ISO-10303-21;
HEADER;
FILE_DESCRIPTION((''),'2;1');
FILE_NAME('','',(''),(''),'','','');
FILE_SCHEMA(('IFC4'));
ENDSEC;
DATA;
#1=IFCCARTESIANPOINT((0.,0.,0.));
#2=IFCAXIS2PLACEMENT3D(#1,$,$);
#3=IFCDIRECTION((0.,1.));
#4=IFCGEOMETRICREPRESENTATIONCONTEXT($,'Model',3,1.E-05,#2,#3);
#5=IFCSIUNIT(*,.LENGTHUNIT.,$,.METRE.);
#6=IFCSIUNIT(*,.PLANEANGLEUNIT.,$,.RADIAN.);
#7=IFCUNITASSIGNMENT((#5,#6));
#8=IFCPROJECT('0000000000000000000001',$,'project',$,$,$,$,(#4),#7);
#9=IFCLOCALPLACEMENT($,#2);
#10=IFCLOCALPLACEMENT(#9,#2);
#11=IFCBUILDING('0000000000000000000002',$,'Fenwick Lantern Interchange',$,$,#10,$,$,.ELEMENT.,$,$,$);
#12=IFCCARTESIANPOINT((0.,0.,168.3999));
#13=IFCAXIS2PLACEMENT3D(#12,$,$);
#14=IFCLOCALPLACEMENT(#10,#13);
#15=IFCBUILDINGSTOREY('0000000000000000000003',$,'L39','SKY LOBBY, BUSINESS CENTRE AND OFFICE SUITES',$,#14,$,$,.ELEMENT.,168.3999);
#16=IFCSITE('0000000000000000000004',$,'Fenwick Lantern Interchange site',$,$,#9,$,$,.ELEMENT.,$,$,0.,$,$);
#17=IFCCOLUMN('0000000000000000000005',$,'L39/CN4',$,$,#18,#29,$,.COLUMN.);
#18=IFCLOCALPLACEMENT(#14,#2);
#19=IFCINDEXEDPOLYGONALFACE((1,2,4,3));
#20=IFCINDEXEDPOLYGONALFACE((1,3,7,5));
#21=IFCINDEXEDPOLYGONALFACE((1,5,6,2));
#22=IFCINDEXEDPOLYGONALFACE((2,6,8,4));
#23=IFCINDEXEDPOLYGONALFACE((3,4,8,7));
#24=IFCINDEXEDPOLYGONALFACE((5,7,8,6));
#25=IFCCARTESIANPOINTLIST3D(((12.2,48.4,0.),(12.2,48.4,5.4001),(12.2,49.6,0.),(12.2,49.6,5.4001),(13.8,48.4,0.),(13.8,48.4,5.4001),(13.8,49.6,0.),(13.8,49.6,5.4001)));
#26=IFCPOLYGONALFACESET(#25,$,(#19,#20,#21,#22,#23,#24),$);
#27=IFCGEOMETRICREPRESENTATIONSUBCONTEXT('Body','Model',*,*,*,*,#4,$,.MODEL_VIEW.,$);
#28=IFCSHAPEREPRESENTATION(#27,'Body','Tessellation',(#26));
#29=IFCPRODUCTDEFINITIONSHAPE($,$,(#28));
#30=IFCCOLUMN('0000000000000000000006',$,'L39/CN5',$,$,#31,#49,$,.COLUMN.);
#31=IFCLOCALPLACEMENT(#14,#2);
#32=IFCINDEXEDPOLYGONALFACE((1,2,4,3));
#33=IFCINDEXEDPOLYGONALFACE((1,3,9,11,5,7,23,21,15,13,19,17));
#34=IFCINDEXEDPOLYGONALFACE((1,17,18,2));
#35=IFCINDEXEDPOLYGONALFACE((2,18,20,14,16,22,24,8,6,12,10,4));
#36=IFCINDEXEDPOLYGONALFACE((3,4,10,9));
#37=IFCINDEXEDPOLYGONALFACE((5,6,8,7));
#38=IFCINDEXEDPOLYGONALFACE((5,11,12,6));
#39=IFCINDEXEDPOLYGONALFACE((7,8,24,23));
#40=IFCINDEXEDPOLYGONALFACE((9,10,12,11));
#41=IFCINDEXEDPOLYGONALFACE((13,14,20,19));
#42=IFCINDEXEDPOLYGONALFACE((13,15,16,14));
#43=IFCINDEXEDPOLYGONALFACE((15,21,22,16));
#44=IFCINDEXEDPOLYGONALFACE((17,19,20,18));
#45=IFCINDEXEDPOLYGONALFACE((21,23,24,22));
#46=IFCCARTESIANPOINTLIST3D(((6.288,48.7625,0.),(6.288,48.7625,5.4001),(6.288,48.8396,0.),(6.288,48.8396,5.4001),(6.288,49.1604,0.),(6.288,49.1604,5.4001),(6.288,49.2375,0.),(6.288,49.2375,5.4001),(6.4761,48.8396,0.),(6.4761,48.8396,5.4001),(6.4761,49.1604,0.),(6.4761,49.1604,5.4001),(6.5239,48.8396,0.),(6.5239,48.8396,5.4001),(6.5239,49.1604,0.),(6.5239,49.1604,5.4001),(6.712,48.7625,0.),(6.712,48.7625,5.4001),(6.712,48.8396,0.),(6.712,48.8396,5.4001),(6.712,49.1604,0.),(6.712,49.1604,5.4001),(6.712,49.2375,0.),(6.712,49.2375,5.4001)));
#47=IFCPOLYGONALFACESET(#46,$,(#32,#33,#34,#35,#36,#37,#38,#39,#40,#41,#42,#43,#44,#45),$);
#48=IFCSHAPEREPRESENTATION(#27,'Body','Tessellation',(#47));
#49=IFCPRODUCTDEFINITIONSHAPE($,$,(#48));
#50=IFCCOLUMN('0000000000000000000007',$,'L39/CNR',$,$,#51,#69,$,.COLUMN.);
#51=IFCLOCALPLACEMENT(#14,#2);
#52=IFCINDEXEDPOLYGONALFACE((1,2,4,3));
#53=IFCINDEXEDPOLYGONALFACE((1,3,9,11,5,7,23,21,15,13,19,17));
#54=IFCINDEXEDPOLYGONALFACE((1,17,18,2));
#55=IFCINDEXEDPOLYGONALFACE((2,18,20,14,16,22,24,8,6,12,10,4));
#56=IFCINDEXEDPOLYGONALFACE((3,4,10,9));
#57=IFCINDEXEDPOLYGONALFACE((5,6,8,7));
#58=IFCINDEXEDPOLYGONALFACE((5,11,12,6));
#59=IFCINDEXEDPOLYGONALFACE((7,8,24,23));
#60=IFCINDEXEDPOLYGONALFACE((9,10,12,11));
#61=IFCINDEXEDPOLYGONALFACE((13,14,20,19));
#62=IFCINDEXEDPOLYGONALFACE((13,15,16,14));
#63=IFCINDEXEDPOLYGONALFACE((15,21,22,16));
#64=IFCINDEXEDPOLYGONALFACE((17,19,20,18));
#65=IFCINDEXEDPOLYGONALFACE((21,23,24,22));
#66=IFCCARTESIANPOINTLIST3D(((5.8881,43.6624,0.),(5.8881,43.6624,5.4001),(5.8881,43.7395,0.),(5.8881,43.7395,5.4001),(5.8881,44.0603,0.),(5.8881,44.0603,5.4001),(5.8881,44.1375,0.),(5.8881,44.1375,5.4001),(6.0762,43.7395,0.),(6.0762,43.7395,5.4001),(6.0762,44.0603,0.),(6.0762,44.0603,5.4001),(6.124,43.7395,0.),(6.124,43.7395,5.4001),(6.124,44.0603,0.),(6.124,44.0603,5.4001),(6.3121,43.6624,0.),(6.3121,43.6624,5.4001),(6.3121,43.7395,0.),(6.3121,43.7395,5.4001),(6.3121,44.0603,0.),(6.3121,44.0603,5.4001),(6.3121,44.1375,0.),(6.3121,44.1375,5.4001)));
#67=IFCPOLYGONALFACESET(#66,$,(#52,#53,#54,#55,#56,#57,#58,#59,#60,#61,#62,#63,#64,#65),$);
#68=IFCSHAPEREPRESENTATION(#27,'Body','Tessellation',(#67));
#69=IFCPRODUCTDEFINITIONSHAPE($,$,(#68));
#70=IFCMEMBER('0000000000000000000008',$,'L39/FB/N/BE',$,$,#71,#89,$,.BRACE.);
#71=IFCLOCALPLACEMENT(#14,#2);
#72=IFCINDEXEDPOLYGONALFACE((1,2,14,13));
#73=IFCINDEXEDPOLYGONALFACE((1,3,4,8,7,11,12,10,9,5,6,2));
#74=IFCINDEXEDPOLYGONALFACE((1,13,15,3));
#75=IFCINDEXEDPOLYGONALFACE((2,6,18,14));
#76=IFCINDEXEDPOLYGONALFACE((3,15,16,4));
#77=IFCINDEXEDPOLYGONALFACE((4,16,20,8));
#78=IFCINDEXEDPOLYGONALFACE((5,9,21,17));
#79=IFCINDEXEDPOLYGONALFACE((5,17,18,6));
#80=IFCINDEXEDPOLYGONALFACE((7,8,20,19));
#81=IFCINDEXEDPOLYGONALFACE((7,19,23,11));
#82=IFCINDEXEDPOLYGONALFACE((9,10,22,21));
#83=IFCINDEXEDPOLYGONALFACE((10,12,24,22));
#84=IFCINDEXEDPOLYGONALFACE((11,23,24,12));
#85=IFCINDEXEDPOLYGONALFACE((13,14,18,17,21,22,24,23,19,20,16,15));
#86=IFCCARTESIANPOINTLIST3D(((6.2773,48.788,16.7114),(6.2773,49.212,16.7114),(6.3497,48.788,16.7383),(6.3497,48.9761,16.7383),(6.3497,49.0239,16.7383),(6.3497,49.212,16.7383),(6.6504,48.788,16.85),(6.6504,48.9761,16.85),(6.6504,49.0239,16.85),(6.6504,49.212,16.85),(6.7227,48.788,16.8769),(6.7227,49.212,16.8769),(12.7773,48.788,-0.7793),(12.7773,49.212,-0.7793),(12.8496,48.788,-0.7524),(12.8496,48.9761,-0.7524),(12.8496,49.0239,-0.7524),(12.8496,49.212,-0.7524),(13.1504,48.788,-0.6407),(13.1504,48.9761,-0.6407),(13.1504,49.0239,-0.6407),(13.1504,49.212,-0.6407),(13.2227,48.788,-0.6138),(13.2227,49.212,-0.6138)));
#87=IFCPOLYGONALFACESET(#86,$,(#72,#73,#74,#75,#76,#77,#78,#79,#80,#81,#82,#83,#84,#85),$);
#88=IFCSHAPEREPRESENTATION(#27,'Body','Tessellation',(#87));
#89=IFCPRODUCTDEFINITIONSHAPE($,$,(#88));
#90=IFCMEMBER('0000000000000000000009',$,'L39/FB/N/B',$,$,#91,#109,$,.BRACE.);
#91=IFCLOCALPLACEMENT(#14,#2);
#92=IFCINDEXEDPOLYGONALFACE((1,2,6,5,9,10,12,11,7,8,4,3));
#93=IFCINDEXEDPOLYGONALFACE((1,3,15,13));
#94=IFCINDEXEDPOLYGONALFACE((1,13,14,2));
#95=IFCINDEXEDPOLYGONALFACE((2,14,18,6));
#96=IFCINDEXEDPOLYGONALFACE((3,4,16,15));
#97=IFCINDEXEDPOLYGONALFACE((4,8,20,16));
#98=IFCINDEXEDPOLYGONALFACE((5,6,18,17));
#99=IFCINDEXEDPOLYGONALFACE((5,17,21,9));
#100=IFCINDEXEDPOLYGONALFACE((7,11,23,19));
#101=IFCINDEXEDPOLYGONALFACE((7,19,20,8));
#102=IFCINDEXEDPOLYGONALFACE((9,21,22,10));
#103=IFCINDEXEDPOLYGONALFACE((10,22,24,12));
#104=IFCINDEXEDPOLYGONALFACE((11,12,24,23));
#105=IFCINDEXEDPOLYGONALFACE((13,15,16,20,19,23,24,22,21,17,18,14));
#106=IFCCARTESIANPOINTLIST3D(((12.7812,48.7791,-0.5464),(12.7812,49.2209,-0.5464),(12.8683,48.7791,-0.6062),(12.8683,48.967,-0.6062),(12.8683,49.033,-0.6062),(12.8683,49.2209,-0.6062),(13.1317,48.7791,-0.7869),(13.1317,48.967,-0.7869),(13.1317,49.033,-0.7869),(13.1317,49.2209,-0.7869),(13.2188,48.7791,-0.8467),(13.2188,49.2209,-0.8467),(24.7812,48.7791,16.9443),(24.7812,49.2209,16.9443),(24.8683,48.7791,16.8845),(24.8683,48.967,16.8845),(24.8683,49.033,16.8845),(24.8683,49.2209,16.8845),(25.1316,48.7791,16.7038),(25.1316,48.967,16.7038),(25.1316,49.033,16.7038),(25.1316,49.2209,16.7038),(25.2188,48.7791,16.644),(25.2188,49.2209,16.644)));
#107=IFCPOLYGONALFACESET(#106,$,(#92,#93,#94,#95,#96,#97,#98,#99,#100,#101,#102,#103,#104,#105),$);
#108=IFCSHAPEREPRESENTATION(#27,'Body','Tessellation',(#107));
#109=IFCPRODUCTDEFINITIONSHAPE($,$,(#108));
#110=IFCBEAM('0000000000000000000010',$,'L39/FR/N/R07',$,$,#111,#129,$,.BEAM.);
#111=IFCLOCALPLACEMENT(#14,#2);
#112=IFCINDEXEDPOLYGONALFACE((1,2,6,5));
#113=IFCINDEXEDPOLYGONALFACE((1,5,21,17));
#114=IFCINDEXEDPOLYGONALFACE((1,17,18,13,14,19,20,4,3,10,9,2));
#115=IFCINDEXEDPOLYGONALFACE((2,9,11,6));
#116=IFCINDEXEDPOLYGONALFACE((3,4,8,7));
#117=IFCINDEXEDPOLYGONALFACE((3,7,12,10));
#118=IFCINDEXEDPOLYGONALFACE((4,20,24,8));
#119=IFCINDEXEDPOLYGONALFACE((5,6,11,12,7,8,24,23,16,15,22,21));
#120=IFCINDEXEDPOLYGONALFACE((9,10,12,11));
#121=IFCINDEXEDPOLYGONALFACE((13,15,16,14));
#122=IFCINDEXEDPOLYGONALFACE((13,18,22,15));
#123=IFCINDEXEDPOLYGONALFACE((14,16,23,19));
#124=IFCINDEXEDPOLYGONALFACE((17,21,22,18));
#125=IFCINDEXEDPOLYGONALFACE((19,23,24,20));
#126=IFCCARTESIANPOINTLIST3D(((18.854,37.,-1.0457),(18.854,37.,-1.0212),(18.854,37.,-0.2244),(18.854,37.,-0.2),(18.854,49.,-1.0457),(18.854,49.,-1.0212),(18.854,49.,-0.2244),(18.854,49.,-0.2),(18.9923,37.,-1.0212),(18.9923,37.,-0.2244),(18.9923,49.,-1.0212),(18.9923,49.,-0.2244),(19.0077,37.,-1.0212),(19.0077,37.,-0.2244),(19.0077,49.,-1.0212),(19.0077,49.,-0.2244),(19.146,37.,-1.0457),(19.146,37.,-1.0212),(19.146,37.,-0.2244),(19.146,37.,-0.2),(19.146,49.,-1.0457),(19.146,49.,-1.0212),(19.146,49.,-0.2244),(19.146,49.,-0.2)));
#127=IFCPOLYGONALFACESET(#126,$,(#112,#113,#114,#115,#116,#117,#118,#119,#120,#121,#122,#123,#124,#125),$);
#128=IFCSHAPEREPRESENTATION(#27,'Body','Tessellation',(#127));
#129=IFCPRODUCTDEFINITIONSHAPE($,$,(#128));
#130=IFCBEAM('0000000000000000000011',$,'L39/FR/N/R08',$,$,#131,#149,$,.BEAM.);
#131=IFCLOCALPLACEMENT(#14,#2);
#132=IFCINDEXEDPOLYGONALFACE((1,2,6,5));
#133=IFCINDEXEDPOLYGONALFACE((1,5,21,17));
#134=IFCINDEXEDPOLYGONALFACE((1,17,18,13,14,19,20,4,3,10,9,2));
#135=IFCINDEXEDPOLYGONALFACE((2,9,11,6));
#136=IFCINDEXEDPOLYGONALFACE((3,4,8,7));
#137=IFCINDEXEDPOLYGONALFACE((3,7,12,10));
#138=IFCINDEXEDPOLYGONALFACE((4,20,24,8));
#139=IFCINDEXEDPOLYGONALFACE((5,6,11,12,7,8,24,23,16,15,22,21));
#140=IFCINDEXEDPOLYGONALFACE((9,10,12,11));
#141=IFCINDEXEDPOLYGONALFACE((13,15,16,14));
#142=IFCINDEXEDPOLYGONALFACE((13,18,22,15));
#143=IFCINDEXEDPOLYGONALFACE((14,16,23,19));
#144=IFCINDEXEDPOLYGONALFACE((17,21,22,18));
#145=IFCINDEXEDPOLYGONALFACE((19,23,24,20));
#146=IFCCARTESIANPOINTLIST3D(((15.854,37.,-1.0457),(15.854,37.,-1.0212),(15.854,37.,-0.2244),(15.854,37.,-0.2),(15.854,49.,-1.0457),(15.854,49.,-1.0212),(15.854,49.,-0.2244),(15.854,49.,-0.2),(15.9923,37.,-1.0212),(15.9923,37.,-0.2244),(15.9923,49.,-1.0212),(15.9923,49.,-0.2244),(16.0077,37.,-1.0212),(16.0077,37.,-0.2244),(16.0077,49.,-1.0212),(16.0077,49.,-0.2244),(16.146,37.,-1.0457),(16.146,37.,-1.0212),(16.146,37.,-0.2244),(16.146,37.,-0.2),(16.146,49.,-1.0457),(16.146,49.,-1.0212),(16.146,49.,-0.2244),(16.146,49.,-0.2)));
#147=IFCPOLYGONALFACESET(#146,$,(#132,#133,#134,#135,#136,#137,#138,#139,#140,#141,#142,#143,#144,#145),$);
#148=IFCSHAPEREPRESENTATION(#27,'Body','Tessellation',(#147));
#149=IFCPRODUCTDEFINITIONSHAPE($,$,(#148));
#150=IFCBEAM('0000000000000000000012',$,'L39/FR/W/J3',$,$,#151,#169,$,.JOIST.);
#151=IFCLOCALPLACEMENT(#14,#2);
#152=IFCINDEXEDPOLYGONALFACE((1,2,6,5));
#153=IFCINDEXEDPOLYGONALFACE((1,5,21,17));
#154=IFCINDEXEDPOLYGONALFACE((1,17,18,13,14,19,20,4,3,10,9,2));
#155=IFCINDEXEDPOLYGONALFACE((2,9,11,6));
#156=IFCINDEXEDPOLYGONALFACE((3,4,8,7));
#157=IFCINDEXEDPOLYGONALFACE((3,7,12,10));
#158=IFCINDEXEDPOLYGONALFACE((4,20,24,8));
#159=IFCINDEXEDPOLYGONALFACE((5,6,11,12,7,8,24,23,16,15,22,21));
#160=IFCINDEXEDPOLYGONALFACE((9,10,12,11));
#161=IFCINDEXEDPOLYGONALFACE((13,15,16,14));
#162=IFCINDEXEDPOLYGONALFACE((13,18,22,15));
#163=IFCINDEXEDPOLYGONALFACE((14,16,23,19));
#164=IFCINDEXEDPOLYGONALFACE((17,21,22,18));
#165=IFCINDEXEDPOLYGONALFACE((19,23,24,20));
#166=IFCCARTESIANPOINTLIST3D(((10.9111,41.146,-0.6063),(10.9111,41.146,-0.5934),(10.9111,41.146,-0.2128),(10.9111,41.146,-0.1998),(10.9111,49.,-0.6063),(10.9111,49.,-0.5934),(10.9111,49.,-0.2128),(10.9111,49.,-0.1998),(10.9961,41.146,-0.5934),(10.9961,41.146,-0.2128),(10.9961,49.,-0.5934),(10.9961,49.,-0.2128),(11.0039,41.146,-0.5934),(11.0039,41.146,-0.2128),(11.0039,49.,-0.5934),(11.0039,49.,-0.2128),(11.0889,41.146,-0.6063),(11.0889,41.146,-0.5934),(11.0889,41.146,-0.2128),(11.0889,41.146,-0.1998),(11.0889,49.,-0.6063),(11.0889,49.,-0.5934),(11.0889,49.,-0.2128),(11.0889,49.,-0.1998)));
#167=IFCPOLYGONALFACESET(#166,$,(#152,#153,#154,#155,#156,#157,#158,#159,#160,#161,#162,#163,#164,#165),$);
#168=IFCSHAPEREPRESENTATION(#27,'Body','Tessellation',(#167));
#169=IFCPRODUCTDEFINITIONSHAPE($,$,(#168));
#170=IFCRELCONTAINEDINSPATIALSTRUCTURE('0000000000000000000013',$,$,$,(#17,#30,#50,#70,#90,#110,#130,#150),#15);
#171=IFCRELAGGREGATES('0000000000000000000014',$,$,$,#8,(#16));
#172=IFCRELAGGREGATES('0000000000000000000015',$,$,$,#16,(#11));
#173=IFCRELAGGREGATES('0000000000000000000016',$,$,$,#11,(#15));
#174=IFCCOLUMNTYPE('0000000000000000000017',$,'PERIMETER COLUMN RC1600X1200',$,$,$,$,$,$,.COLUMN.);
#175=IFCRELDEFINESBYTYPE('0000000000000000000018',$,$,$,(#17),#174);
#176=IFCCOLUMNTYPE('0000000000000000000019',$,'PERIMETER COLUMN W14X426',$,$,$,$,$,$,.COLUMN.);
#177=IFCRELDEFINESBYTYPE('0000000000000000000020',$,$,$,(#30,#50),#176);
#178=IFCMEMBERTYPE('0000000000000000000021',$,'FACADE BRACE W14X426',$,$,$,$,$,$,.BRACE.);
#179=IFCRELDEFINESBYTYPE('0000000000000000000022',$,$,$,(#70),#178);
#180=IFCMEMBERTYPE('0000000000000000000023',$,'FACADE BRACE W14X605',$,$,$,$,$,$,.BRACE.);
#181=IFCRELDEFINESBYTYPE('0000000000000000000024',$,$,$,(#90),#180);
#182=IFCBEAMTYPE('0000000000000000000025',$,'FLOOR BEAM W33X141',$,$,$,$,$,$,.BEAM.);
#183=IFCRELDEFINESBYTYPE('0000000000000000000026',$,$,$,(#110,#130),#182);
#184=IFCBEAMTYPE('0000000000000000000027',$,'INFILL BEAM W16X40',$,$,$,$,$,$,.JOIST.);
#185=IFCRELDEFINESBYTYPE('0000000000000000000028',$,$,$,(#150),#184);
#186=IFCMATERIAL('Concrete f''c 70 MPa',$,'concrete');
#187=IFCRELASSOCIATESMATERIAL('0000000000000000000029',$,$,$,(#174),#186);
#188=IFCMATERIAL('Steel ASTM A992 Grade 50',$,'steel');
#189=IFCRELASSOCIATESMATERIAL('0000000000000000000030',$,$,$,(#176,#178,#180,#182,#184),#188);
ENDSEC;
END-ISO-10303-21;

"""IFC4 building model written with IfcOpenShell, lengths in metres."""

from ifc_helpers import new_model, si_unit, direction, frame, origin, origin_2d, place, context, subcontext, project, spatial, rectangle, i_section, extrude, material, material_profile, profile_set, type_object, element, save


model = new_model("IFC4")

# Units and contexts
model_context = context("Model", 3, precision=1e-05, world=origin(), true_north=direction((0.0, 1.0)))
body_context = subcontext(model_context, "Body", "Model", "MODEL_VIEW")
ifc_project = project(units=[si_unit("LENGTHUNIT", "METRE"), si_unit("PLANEANGLEUNIT", "RADIAN")], contexts=[model_context])

# Site, building, storey
site_placement = place(None, origin())
site = spatial("IfcSite", under=ifc_project, at=site_placement, Name="Fenwick Lantern Interchange site", CompositionType="ELEMENT", RefElevation=0.0)
building_placement = place(site_placement, origin())
building = spatial("IfcBuilding", under=site, at=building_placement, Name="Fenwick Lantern Interchange", CompositionType="ELEMENT")
storey_placement = place(building_placement, frame((0.0, 0.0, 168.3999)))
storey = spatial("IfcBuildingStorey", under=building, at=storey_placement, Name="L39", Description="SKY LOBBY, BUSINESS CENTRE AND OFFICE SUITES", CompositionType="ELEMENT", Elevation=168.3999)

# Columns
ifc_material_1 = material(Name="Concrete f'c 70 MPa", Category="concrete")
ifc_material_profile_1 = material_profile(ifc_material_1, rectangle(XDim=1.6001, YDim=1.2, at=origin_2d()), Name="RC1600X1200")
ifc_profile_set_1 = profile_set([ifc_material_profile_1], Name="Concrete f'c 70 MPa")
column_type_1 = type_object("IfcColumnType", Name="PERIMETER COLUMN RC1600X1200", PredefinedType="COLUMN", material=ifc_profile_set_1)
column_placement = place(storey_placement, frame((13.0, 49.0, 0.0), z_axis=(0.0, 0.0, 1.0), x_axis=(1.0, 0.0, 0.0)))
element("IfcColumn", 1, at=column_placement, inside=storey, type_object=column_type_1, Name="L39/CN4", PredefinedType="COLUMN", context=body_context, shape_type="SweptSolid", body=[
    extrude(rectangle(XDim=1.6001, YDim=1.2, at=origin_2d()), origin(), (0.0, 0.0, 1.0), 5.4001),
])
ifc_material_2 = material(Name="Steel ASTM A992 Grade 50", Category="steel")
ifc_material_profile_2 = material_profile(ifc_material_2, i_section(OverallWidth=0.4241, OverallDepth=0.4751, WebThickness=0.0479, FlangeThickness=0.0771, at=origin_2d()), Name="W14X426")
ifc_profile_set_2 = profile_set([ifc_material_profile_2], Name="Steel ASTM A992 Grade 50")
column_type_2 = type_object("IfcColumnType", Name="PERIMETER COLUMN W14X426", PredefinedType="COLUMN", material=ifc_profile_set_2)
for number, where, z_axis, x_axis, name in (
    (2, (6.5, 49.0, 0.0), (0.0, 0.0, 1.0), (1.0, 0.0, 0.0), "L39/CN5"),
    (3, (6.1001, 43.8999, 0.0), (0.0, 0.0, 1.0), (1.0, 0.0, 0.0), "L39/CNR"),
):
    element("IfcColumn", number, at=place(storey_placement, frame(where, z_axis=z_axis, x_axis=x_axis)), inside=storey, type_object=column_type_2, Name=name, PredefinedType="COLUMN", context=body_context, shape_type="SweptSolid", body=[
        extrude(i_section(OverallWidth=0.4241, OverallDepth=0.4751, WebThickness=0.0479, FlangeThickness=0.0771, at=origin_2d()), origin(), (0.0, 0.0, 1.0), 5.4001),
    ])

# Members
ifc_material_profile_3 = material_profile(ifc_material_2, i_section(OverallWidth=0.4241, OverallDepth=0.4751, WebThickness=0.0479, FlangeThickness=0.0771, at=origin_2d()), Name="W14X426")
ifc_profile_set_3 = profile_set([ifc_material_profile_3], Name="Steel ASTM A992 Grade 50")
member_type_1 = type_object("IfcMemberType", Name="FACADE BRACE W14X426", PredefinedType="BRACE", material=ifc_profile_set_3)
member_1_placement = place(storey_placement, frame((13.0, 49.0, -0.6965), z_axis=(-0.348349, 0.0, 0.937365), x_axis=(0.0, -1.0, 0.0)))
element("IfcMember", 4, at=member_1_placement, inside=storey, type_object=member_type_1, Name="L39/FB/N/BE", PredefinedType="BRACE", context=body_context, shape_type="SweptSolid", body=[
    extrude(i_section(OverallWidth=0.4241, OverallDepth=0.4751, WebThickness=0.0479, FlangeThickness=0.0771, at=origin_2d()), origin(), (0.0, 0.0, 1.0), 18.6594),
])
ifc_material_profile_4 = material_profile(ifc_material_2, i_section(OverallWidth=0.4419, OverallDepth=0.5308, WebThickness=0.0659, FlangeThickness=0.1057, at=origin_2d()), Name="W14X605")
ifc_profile_set_4 = profile_set([ifc_material_profile_4], Name="Steel ASTM A992 Grade 50")
member_type_2 = type_object("IfcMemberType", Name="FACADE BRACE W14X605", PredefinedType="BRACE", material=ifc_profile_set_4)
member_2_placement = place(storey_placement, frame((13.0, 49.0, -0.6965), z_axis=(0.565732, 0.0, 0.824589), x_axis=(0.0, 1.0, 0.0)))
element("IfcMember", 5, at=member_2_placement, inside=storey, type_object=member_type_2, Name="L39/FB/N/B", PredefinedType="BRACE", context=body_context, shape_type="SweptSolid", body=[
    extrude(i_section(OverallWidth=0.4419, OverallDepth=0.5308, WebThickness=0.0659, FlangeThickness=0.1057, at=origin_2d()), origin(), (0.0, 0.0, 1.0), 21.2114),
])

# Beams
ifc_material_profile_5 = material_profile(ifc_material_2, i_section(OverallWidth=0.292, OverallDepth=0.8457, WebThickness=0.0154, FlangeThickness=0.0244, at=origin_2d()), Name="W33X141")
ifc_profile_set_5 = profile_set([ifc_material_profile_5], Name="Steel ASTM A992 Grade 50")
beam_type_1 = type_object("IfcBeamType", Name="FLOOR BEAM W33X141", PredefinedType="BEAM", material=ifc_profile_set_5)
for number, where, z_axis, x_axis, name in (
    (6, (19.0, 49.0, -0.6228), (0.0, -1.0, 0.0), (1.0, 0.0, 0.0), "L39/FR/N/R07"),
    (7, (16.0, 49.0, -0.6228), (0.0, -1.0, 0.0), (1.0, 0.0, 0.0), "L39/FR/N/R08"),
):
    element("IfcBeam", number, at=place(storey_placement, frame(where, z_axis=z_axis, x_axis=x_axis)), inside=storey, type_object=beam_type_1, Name=name, PredefinedType="BEAM", context=body_context, shape_type="SweptSolid", body=[
        extrude(i_section(OverallWidth=0.292, OverallDepth=0.8457, WebThickness=0.0154, FlangeThickness=0.0244, at=origin_2d()), origin(), (0.0, 0.0, 1.0), 12.0),
    ])
ifc_material_profile_6 = material_profile(ifc_material_2, i_section(OverallWidth=0.1777, OverallDepth=0.4065, WebThickness=0.0078, FlangeThickness=0.0129, at=origin_2d()), Name="W16X40")
ifc_profile_set_6 = profile_set([ifc_material_profile_6], Name="Steel ASTM A992 Grade 50")
beam_type_2 = type_object("IfcBeamType", Name="INFILL BEAM W16X40", PredefinedType="JOIST", material=ifc_profile_set_6)
beam_1_placement = place(storey_placement, frame((11.0, 49.0, -0.4031), z_axis=(0.0, -1.0, 0.0), x_axis=(1.0, 0.0, 0.0)))
element("IfcBeam", 8, at=beam_1_placement, inside=storey, type_object=beam_type_2, Name="L39/FR/W/J3", PredefinedType="JOIST", context=body_context, shape_type="SweptSolid", body=[
    extrude(i_section(OverallWidth=0.1777, OverallDepth=0.4065, WebThickness=0.0078, FlangeThickness=0.0129, at=origin_2d()), origin(), (0.0, 0.0, 1.0), 7.854),
])

save(model, "model.ifc")
